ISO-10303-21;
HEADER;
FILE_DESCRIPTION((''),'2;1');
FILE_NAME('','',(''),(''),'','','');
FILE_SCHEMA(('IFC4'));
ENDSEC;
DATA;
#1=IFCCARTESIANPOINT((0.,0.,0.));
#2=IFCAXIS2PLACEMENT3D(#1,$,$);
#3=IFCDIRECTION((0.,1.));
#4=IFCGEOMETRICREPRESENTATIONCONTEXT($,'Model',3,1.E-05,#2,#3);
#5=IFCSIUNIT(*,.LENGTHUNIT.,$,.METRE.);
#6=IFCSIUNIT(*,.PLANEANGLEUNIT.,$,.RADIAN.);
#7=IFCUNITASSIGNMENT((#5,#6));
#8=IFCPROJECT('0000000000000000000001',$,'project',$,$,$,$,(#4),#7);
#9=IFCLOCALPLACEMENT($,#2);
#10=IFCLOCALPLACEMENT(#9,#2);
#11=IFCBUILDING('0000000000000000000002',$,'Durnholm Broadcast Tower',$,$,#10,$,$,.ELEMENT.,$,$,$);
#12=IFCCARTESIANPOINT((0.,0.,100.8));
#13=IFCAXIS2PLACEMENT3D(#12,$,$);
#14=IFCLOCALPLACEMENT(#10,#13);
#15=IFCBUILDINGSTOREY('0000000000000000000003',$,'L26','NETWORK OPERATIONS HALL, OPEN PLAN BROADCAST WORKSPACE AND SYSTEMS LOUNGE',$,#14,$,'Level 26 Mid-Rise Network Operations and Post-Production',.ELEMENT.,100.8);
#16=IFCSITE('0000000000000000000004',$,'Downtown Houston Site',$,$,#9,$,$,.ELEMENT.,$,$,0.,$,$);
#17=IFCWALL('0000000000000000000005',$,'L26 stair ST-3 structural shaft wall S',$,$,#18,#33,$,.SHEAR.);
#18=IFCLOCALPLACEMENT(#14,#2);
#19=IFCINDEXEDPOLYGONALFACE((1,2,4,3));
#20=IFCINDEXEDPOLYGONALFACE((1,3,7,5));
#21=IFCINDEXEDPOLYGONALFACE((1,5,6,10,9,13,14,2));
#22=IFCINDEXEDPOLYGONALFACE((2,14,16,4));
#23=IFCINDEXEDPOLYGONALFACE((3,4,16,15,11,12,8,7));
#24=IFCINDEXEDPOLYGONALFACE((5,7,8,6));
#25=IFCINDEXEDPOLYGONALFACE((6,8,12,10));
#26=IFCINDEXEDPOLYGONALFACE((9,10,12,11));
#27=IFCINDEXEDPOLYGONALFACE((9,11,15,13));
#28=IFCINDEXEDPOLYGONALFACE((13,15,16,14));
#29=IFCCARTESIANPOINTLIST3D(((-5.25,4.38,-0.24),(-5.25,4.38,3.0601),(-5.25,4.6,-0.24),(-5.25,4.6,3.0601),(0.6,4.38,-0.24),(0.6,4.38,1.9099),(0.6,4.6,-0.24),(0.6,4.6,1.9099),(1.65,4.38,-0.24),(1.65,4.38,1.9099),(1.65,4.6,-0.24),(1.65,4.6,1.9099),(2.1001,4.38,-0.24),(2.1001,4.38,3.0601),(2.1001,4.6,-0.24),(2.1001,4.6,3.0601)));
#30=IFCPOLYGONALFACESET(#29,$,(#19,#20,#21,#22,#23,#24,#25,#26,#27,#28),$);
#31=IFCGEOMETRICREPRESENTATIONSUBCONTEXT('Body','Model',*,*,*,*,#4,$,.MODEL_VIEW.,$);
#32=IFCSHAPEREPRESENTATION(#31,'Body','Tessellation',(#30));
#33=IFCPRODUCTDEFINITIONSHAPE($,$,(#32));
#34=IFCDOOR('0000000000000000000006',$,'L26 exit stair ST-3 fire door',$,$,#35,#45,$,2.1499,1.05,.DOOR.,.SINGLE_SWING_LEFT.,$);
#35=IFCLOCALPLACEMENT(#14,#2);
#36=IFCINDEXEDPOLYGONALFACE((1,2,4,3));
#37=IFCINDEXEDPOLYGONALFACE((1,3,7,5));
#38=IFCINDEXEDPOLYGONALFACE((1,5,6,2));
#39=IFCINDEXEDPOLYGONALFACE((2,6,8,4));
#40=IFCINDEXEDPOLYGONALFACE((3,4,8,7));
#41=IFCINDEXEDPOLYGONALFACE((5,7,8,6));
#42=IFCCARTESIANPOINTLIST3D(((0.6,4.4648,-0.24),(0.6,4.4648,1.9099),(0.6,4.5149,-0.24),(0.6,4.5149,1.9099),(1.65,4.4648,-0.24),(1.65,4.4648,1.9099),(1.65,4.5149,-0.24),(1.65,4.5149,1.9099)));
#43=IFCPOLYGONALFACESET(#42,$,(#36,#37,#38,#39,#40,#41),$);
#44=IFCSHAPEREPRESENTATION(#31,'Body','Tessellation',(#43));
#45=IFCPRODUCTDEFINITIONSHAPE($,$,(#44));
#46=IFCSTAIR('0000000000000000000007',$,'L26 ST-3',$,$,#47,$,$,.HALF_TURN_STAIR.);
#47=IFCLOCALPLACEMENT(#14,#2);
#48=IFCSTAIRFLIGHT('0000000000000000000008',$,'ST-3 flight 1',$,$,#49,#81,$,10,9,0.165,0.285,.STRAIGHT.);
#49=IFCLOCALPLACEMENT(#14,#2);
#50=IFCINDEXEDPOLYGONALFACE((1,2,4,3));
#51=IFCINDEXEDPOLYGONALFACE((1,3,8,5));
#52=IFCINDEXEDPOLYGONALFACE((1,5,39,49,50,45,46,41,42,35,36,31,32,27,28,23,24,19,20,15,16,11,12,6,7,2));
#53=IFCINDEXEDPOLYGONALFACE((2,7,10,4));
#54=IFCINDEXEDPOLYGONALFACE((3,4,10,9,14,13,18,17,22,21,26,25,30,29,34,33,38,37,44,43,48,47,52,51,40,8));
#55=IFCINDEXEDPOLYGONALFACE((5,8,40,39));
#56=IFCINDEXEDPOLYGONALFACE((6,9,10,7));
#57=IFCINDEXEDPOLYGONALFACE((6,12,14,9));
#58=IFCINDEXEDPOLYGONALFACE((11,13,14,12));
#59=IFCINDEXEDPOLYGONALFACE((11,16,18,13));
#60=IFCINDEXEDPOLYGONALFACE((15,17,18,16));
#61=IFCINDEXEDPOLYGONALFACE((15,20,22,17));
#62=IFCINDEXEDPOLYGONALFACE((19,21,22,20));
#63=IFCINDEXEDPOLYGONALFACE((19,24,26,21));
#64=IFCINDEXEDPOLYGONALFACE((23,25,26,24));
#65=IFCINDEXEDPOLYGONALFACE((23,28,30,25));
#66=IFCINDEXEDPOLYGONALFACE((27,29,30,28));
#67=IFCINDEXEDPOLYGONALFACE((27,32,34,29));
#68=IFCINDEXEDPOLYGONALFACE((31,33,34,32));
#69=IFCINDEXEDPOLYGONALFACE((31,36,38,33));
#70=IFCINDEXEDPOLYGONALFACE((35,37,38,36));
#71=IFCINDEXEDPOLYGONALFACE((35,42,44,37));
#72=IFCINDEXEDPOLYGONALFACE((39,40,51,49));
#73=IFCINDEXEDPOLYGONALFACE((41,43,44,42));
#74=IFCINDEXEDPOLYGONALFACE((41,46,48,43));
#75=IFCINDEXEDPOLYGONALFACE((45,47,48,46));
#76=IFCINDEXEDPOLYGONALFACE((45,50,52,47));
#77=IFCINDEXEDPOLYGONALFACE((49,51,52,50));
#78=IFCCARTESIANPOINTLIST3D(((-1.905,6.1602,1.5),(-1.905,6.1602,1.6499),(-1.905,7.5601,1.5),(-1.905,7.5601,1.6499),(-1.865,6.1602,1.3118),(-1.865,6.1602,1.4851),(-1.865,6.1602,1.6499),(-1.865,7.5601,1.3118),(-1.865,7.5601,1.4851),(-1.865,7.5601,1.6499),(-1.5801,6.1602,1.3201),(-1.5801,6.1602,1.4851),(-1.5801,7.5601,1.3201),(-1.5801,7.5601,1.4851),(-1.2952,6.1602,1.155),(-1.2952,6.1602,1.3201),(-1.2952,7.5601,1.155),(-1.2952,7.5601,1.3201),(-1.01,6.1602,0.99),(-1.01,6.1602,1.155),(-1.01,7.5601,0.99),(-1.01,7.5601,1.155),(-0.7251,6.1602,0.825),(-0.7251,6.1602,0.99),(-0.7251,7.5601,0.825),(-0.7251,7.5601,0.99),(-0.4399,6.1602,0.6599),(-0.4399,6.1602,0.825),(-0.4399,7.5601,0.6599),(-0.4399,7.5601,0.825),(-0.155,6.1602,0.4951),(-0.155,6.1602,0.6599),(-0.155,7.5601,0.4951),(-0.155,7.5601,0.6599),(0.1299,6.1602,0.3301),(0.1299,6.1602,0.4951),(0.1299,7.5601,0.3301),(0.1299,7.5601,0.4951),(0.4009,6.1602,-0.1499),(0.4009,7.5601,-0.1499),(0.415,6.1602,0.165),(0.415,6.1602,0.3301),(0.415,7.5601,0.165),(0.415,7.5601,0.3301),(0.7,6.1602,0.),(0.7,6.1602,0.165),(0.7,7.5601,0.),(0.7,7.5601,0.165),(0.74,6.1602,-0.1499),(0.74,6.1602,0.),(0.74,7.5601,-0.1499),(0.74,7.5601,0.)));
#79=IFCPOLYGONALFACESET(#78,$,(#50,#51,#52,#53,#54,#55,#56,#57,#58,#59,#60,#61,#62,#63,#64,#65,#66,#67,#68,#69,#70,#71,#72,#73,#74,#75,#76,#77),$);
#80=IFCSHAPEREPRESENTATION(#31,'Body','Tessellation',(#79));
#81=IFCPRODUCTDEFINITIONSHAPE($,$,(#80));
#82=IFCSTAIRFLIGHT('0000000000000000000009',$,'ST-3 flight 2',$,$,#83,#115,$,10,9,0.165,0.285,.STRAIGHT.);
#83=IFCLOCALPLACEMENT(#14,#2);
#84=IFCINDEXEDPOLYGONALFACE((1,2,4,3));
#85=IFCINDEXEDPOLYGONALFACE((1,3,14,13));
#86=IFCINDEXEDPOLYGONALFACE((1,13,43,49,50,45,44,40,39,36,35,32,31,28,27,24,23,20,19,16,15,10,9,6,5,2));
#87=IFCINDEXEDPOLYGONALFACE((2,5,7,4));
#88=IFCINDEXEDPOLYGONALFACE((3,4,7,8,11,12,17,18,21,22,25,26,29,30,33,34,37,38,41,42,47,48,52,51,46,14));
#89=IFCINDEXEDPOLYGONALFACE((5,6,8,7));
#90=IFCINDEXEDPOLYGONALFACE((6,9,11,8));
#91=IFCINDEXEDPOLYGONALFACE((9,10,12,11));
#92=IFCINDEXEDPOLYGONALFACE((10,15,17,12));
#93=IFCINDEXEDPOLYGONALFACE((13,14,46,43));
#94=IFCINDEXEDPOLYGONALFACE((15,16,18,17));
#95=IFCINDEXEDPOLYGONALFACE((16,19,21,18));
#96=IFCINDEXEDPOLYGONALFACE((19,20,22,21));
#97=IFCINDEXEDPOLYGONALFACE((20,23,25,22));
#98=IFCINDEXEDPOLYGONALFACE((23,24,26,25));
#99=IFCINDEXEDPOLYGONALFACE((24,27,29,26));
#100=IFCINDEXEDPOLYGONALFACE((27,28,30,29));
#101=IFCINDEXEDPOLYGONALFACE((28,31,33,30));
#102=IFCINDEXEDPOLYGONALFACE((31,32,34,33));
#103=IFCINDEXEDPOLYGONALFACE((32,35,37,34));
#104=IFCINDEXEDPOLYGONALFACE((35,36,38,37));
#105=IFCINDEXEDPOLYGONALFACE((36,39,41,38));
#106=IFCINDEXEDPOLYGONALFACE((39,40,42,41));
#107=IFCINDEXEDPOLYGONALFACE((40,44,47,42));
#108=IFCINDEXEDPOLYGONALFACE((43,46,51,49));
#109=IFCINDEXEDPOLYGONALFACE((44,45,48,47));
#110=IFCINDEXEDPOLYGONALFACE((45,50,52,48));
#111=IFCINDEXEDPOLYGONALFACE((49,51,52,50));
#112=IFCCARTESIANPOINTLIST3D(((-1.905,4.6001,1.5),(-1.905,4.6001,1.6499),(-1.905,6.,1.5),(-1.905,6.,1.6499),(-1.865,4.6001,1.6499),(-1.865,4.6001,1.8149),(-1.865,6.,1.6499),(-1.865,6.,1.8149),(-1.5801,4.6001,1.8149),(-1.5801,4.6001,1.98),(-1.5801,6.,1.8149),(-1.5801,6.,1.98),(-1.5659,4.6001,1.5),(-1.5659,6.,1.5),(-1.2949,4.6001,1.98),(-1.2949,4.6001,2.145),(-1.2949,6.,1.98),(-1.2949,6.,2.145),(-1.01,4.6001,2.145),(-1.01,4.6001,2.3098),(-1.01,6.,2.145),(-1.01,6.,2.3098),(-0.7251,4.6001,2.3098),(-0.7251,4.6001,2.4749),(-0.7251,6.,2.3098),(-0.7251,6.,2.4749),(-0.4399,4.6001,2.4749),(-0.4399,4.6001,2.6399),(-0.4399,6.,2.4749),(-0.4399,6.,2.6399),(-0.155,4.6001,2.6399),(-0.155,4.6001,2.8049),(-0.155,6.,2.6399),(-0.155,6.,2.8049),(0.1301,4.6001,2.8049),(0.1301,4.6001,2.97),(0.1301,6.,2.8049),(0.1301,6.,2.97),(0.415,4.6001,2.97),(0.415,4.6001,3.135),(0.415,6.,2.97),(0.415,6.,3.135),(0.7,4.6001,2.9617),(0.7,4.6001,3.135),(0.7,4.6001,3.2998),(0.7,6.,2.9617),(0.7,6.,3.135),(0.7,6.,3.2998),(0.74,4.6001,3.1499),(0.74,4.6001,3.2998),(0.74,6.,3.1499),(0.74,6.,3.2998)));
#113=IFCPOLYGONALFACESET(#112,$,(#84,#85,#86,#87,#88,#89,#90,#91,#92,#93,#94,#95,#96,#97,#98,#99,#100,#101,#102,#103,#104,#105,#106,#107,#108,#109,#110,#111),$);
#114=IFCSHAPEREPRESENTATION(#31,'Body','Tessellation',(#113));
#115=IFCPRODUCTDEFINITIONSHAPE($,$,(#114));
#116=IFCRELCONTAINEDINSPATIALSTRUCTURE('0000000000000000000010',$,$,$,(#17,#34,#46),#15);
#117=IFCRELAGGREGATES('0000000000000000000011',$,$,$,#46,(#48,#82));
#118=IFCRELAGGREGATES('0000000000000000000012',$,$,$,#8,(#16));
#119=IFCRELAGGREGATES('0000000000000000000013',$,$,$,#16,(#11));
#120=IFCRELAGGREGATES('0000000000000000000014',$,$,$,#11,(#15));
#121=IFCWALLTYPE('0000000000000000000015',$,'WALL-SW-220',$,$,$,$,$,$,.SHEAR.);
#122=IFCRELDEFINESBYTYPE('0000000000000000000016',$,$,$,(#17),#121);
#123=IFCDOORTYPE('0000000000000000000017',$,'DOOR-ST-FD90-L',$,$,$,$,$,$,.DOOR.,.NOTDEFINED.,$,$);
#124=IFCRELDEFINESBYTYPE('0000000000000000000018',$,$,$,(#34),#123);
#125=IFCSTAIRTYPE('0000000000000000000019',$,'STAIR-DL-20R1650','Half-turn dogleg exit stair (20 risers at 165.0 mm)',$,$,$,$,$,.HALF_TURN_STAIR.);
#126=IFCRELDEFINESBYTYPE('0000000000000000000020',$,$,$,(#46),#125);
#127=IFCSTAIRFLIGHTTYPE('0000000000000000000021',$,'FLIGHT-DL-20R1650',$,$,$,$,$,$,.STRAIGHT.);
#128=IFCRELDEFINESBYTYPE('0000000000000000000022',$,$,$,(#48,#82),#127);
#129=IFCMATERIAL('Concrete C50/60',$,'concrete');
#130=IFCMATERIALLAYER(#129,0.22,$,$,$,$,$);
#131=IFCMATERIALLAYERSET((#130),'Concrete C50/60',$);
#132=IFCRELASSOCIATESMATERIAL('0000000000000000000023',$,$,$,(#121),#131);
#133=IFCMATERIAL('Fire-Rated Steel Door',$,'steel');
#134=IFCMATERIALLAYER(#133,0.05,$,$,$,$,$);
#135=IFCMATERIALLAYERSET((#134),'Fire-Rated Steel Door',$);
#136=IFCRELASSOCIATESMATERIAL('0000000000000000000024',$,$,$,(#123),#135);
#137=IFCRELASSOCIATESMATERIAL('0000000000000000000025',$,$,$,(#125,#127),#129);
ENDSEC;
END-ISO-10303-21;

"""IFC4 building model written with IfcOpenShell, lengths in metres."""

from ifc_helpers import new_model, si_unit, direction, frame, frame_2d, origin, place, context, subcontext, project, spatial, polyline, rectangle, outline, extrude, source, transform, mapped, material, layer, layer_set, type_object, type_shapes, element, fill, aggregate, save


model = new_model("IFC4")

# Units and contexts
model_context = context("Model", 3, precision=1e-05, world=origin(), true_north=direction((0.0, 1.0)))
body_context = subcontext(model_context, "Body", "Model", "MODEL_VIEW")
ifc_project = project(units=[si_unit("LENGTHUNIT", "METRE"), si_unit("PLANEANGLEUNIT", "RADIAN")], contexts=[model_context])

# Site, building, storey
site_placement = place(None, origin())
site = spatial("IfcSite", under=ifc_project, at=site_placement, Name="Downtown Houston Site", CompositionType="ELEMENT", RefElevation=0.0)
building_placement = place(site_placement, origin())
building = spatial("IfcBuilding", under=site, at=building_placement, Name="Durnholm Broadcast Tower", CompositionType="ELEMENT")
storey_placement = place(building_placement, frame((0.0, 0.0, 100.8)))
storey = spatial("IfcBuildingStorey", under=building, at=storey_placement, Name="L26", Description="NETWORK OPERATIONS HALL, OPEN PLAN BROADCAST WORKSPACE AND SYSTEMS LOUNGE", LongName="Level 26 Mid-Rise Network Operations and Post-Production", CompositionType="ELEMENT", Elevation=100.8)

# Shared definitions
ifc_material_1 = material(Name="Concrete C50/60", Category="concrete")
ifc_layer_1 = layer(ifc_material_1, 0.22)
ifc_layer_set_1 = layer_set([ifc_layer_1], Name="Concrete C50/60")
wall_type_1 = type_object("IfcWallType", Name="WALL-SW-220", PredefinedType="SHEAR", material=ifc_layer_set_1)

# Wall, opening, door
wall_1_placement = place(storey_placement, frame((-5.25, 4.49, -0.24), z_axis=(0.0, 0.0, 1.0), x_axis=(1.0, 0.0, 0.0)))
wall_1 = element("IfcWall", 1, at=wall_1_placement, inside=storey, type_object=wall_type_1, Name="L26 stair ST-3 structural shaft wall S", PredefinedType="SHEAR", context=body_context, shape_type="SweptSolid", body=[
    extrude(rectangle(XDim=7.3501, YDim=0.22, at=frame_2d((3.675, 0.0))), origin(), (0.0, 0.0, 1.0), 3.3),
])
opening_1_placement = place(wall_1_placement, frame((5.8501, 0.0, 0.0)))
opening_1 = element("IfcOpeningElement", 2, at=opening_1_placement, cuts=wall_1, PredefinedType="OPENING", context=body_context, shape_type="SweptSolid", body=[
    extrude(rectangle(XDim=1.05, YDim=2.1499, at=frame_2d((0.5249, 1.075))), frame((0.0, 0.1201, 0.0), z_axis=(0.0, -1.0, 0.0), x_axis=(1.0, 0.0, 0.0)), (0.0, 0.0, 1.0), 0.24),
])
ifc_material_2 = material(Name="Fire-Rated Steel Door", Category="steel")
ifc_layer_2 = layer(ifc_material_2, 0.05)
ifc_layer_set_2 = layer_set([ifc_layer_2], Name="Fire-Rated Steel Door")
door_type_1 = type_object("IfcDoorType", Name="DOOR-ST-FD90-L", OperationType="NOTDEFINED", PredefinedType="DOOR", material=ifc_layer_set_2)
shared_shape_1 = source(origin(), body_context, "Body", "SweptSolid", [
    extrude(rectangle(XDim=1.05, YDim=2.1499, at=frame_2d((0.5249, 1.075))), frame((0.0, 0.0249, 0.0), z_axis=(0.0, -1.0, 0.0), x_axis=(1.0, 0.0, 0.0)), (0.0, 0.0, 1.0), 0.05),
])
type_shapes(door_type_1, [shared_shape_1])
door_1_placement = place(opening_1_placement, origin())
door_1 = element("IfcDoor", 3, at=door_1_placement, inside=storey, type_object=door_type_1, Name="L26 exit stair ST-3 fire door", OperationType="SINGLE_SWING_LEFT", OverallHeight=2.1499, OverallWidth=1.05, PredefinedType="DOOR", context=body_context, shape_type="MappedRepresentation", body=[
    mapped(shared_shape_1, transform((0.0, 0.0, 0.0), x_axis=(1.0, 0.0, 0.0), y_axis=(0.0, 1.0, 0.0), z_axis=(0.0, 0.0, 1.0), scale=1.0)),
])
fill(opening_1, door_1)

# Stair, stair flights
stair_type = type_object("IfcStairType", Name="STAIR-DL-20R1650", Description="Half-turn dogleg exit stair (20 risers at 165.0 mm)", PredefinedType="HALF_TURN_STAIR", material=ifc_material_1)
stair_placement = place(storey_placement, origin())
stair = element("IfcStair", 4, at=stair_placement, inside=storey, type_object=stair_type, Name="L26 ST-3", PredefinedType="HALF_TURN_STAIR")
stair_flight_type = type_object("IfcStairFlightType", Name="FLIGHT-DL-20R1650", PredefinedType="STRAIGHT", material=ifc_material_1)
stair_flight_1_placement = place(storey_placement, frame((0.7, 6.8601, 0.0), z_axis=(0.0, 0.0, 1.0), x_axis=(-1.0, 0.0, 0.0)))
stair_flight_1 = element("IfcStairFlight", 5, at=stair_flight_1_placement, type_object=stair_flight_type, Name="ST-3 flight 1", NumberOfRisers=10, NumberOfTreads=9, PredefinedType="STRAIGHT", RiserHeight=0.165, TreadLength=0.285, context=body_context, shape_type="SweptSolid", body=[
    extrude(outline(polyline([(-0.04, -0.1499), (-0.04, 0.0), (0.0, 0.0), (0.0, 0.165), (0.2849, 0.165), (0.2849, 0.3301), (0.5701, 0.3301), (0.5701, 0.4951), (0.855, 0.4951), (0.855, 0.6599), (1.1399, 0.6599), (1.1399, 0.825), (1.425, 0.825), (1.425, 0.99), (1.71, 0.99), (1.71, 1.155), (1.9951, 1.155), (1.9951, 1.3201), (2.28, 1.3201), (2.28, 1.4851), (2.5649, 1.4851), (2.5649, 1.6499), (2.605, 1.6499), (2.605, 1.5), (2.5649, 1.3118), (0.2991, -0.1499), (-0.04, -0.1499)])), frame((0.0, 0.7, 0.0), z_axis=(0.0, -1.0, 0.0), x_axis=(1.0, 0.0, 0.0)), (0.0, 0.0, 1.0), 1.3999),
])
stair_flight_2_placement = place(storey_placement, frame((-1.865, 5.3, 1.6499), z_axis=(0.0, 0.0, 1.0), x_axis=(1.0, 0.0, 0.0)))
stair_flight_2 = element("IfcStairFlight", 6, at=stair_flight_2_placement, type_object=stair_flight_type, Name="ST-3 flight 2", NumberOfRisers=10, NumberOfTreads=9, PredefinedType="STRAIGHT", RiserHeight=0.165, TreadLength=0.285, context=body_context, shape_type="SweptSolid", body=[
    extrude(outline(polyline([(-0.04, -0.1499), (-0.04, 0.0), (0.0, 0.0), (0.0, 0.165), (0.2849, 0.165), (0.2849, 0.3301), (0.5701, 0.3301), (0.5701, 0.4951), (0.855, 0.4951), (0.855, 0.6599), (1.1399, 0.6599), (1.1399, 0.825), (1.425, 0.825), (1.425, 0.99), (1.71, 0.99), (1.71, 1.155), (1.9951, 1.155), (1.9951, 1.3201), (2.28, 1.3201), (2.28, 1.4851), (2.5649, 1.4851), (2.5649, 1.6499), (2.605, 1.6499), (2.605, 1.5), (2.5649, 1.3118), (0.2991, -0.1499), (-0.04, -0.1499)])), frame((0.0, 0.7, 0.0), z_axis=(0.0, -1.0, 0.0), x_axis=(1.0, 0.0, 0.0)), (0.0, 0.0, 1.0), 1.3999),
])
aggregate(stair, [stair_flight_1, stair_flight_2])

save(model, "model.ifc")
